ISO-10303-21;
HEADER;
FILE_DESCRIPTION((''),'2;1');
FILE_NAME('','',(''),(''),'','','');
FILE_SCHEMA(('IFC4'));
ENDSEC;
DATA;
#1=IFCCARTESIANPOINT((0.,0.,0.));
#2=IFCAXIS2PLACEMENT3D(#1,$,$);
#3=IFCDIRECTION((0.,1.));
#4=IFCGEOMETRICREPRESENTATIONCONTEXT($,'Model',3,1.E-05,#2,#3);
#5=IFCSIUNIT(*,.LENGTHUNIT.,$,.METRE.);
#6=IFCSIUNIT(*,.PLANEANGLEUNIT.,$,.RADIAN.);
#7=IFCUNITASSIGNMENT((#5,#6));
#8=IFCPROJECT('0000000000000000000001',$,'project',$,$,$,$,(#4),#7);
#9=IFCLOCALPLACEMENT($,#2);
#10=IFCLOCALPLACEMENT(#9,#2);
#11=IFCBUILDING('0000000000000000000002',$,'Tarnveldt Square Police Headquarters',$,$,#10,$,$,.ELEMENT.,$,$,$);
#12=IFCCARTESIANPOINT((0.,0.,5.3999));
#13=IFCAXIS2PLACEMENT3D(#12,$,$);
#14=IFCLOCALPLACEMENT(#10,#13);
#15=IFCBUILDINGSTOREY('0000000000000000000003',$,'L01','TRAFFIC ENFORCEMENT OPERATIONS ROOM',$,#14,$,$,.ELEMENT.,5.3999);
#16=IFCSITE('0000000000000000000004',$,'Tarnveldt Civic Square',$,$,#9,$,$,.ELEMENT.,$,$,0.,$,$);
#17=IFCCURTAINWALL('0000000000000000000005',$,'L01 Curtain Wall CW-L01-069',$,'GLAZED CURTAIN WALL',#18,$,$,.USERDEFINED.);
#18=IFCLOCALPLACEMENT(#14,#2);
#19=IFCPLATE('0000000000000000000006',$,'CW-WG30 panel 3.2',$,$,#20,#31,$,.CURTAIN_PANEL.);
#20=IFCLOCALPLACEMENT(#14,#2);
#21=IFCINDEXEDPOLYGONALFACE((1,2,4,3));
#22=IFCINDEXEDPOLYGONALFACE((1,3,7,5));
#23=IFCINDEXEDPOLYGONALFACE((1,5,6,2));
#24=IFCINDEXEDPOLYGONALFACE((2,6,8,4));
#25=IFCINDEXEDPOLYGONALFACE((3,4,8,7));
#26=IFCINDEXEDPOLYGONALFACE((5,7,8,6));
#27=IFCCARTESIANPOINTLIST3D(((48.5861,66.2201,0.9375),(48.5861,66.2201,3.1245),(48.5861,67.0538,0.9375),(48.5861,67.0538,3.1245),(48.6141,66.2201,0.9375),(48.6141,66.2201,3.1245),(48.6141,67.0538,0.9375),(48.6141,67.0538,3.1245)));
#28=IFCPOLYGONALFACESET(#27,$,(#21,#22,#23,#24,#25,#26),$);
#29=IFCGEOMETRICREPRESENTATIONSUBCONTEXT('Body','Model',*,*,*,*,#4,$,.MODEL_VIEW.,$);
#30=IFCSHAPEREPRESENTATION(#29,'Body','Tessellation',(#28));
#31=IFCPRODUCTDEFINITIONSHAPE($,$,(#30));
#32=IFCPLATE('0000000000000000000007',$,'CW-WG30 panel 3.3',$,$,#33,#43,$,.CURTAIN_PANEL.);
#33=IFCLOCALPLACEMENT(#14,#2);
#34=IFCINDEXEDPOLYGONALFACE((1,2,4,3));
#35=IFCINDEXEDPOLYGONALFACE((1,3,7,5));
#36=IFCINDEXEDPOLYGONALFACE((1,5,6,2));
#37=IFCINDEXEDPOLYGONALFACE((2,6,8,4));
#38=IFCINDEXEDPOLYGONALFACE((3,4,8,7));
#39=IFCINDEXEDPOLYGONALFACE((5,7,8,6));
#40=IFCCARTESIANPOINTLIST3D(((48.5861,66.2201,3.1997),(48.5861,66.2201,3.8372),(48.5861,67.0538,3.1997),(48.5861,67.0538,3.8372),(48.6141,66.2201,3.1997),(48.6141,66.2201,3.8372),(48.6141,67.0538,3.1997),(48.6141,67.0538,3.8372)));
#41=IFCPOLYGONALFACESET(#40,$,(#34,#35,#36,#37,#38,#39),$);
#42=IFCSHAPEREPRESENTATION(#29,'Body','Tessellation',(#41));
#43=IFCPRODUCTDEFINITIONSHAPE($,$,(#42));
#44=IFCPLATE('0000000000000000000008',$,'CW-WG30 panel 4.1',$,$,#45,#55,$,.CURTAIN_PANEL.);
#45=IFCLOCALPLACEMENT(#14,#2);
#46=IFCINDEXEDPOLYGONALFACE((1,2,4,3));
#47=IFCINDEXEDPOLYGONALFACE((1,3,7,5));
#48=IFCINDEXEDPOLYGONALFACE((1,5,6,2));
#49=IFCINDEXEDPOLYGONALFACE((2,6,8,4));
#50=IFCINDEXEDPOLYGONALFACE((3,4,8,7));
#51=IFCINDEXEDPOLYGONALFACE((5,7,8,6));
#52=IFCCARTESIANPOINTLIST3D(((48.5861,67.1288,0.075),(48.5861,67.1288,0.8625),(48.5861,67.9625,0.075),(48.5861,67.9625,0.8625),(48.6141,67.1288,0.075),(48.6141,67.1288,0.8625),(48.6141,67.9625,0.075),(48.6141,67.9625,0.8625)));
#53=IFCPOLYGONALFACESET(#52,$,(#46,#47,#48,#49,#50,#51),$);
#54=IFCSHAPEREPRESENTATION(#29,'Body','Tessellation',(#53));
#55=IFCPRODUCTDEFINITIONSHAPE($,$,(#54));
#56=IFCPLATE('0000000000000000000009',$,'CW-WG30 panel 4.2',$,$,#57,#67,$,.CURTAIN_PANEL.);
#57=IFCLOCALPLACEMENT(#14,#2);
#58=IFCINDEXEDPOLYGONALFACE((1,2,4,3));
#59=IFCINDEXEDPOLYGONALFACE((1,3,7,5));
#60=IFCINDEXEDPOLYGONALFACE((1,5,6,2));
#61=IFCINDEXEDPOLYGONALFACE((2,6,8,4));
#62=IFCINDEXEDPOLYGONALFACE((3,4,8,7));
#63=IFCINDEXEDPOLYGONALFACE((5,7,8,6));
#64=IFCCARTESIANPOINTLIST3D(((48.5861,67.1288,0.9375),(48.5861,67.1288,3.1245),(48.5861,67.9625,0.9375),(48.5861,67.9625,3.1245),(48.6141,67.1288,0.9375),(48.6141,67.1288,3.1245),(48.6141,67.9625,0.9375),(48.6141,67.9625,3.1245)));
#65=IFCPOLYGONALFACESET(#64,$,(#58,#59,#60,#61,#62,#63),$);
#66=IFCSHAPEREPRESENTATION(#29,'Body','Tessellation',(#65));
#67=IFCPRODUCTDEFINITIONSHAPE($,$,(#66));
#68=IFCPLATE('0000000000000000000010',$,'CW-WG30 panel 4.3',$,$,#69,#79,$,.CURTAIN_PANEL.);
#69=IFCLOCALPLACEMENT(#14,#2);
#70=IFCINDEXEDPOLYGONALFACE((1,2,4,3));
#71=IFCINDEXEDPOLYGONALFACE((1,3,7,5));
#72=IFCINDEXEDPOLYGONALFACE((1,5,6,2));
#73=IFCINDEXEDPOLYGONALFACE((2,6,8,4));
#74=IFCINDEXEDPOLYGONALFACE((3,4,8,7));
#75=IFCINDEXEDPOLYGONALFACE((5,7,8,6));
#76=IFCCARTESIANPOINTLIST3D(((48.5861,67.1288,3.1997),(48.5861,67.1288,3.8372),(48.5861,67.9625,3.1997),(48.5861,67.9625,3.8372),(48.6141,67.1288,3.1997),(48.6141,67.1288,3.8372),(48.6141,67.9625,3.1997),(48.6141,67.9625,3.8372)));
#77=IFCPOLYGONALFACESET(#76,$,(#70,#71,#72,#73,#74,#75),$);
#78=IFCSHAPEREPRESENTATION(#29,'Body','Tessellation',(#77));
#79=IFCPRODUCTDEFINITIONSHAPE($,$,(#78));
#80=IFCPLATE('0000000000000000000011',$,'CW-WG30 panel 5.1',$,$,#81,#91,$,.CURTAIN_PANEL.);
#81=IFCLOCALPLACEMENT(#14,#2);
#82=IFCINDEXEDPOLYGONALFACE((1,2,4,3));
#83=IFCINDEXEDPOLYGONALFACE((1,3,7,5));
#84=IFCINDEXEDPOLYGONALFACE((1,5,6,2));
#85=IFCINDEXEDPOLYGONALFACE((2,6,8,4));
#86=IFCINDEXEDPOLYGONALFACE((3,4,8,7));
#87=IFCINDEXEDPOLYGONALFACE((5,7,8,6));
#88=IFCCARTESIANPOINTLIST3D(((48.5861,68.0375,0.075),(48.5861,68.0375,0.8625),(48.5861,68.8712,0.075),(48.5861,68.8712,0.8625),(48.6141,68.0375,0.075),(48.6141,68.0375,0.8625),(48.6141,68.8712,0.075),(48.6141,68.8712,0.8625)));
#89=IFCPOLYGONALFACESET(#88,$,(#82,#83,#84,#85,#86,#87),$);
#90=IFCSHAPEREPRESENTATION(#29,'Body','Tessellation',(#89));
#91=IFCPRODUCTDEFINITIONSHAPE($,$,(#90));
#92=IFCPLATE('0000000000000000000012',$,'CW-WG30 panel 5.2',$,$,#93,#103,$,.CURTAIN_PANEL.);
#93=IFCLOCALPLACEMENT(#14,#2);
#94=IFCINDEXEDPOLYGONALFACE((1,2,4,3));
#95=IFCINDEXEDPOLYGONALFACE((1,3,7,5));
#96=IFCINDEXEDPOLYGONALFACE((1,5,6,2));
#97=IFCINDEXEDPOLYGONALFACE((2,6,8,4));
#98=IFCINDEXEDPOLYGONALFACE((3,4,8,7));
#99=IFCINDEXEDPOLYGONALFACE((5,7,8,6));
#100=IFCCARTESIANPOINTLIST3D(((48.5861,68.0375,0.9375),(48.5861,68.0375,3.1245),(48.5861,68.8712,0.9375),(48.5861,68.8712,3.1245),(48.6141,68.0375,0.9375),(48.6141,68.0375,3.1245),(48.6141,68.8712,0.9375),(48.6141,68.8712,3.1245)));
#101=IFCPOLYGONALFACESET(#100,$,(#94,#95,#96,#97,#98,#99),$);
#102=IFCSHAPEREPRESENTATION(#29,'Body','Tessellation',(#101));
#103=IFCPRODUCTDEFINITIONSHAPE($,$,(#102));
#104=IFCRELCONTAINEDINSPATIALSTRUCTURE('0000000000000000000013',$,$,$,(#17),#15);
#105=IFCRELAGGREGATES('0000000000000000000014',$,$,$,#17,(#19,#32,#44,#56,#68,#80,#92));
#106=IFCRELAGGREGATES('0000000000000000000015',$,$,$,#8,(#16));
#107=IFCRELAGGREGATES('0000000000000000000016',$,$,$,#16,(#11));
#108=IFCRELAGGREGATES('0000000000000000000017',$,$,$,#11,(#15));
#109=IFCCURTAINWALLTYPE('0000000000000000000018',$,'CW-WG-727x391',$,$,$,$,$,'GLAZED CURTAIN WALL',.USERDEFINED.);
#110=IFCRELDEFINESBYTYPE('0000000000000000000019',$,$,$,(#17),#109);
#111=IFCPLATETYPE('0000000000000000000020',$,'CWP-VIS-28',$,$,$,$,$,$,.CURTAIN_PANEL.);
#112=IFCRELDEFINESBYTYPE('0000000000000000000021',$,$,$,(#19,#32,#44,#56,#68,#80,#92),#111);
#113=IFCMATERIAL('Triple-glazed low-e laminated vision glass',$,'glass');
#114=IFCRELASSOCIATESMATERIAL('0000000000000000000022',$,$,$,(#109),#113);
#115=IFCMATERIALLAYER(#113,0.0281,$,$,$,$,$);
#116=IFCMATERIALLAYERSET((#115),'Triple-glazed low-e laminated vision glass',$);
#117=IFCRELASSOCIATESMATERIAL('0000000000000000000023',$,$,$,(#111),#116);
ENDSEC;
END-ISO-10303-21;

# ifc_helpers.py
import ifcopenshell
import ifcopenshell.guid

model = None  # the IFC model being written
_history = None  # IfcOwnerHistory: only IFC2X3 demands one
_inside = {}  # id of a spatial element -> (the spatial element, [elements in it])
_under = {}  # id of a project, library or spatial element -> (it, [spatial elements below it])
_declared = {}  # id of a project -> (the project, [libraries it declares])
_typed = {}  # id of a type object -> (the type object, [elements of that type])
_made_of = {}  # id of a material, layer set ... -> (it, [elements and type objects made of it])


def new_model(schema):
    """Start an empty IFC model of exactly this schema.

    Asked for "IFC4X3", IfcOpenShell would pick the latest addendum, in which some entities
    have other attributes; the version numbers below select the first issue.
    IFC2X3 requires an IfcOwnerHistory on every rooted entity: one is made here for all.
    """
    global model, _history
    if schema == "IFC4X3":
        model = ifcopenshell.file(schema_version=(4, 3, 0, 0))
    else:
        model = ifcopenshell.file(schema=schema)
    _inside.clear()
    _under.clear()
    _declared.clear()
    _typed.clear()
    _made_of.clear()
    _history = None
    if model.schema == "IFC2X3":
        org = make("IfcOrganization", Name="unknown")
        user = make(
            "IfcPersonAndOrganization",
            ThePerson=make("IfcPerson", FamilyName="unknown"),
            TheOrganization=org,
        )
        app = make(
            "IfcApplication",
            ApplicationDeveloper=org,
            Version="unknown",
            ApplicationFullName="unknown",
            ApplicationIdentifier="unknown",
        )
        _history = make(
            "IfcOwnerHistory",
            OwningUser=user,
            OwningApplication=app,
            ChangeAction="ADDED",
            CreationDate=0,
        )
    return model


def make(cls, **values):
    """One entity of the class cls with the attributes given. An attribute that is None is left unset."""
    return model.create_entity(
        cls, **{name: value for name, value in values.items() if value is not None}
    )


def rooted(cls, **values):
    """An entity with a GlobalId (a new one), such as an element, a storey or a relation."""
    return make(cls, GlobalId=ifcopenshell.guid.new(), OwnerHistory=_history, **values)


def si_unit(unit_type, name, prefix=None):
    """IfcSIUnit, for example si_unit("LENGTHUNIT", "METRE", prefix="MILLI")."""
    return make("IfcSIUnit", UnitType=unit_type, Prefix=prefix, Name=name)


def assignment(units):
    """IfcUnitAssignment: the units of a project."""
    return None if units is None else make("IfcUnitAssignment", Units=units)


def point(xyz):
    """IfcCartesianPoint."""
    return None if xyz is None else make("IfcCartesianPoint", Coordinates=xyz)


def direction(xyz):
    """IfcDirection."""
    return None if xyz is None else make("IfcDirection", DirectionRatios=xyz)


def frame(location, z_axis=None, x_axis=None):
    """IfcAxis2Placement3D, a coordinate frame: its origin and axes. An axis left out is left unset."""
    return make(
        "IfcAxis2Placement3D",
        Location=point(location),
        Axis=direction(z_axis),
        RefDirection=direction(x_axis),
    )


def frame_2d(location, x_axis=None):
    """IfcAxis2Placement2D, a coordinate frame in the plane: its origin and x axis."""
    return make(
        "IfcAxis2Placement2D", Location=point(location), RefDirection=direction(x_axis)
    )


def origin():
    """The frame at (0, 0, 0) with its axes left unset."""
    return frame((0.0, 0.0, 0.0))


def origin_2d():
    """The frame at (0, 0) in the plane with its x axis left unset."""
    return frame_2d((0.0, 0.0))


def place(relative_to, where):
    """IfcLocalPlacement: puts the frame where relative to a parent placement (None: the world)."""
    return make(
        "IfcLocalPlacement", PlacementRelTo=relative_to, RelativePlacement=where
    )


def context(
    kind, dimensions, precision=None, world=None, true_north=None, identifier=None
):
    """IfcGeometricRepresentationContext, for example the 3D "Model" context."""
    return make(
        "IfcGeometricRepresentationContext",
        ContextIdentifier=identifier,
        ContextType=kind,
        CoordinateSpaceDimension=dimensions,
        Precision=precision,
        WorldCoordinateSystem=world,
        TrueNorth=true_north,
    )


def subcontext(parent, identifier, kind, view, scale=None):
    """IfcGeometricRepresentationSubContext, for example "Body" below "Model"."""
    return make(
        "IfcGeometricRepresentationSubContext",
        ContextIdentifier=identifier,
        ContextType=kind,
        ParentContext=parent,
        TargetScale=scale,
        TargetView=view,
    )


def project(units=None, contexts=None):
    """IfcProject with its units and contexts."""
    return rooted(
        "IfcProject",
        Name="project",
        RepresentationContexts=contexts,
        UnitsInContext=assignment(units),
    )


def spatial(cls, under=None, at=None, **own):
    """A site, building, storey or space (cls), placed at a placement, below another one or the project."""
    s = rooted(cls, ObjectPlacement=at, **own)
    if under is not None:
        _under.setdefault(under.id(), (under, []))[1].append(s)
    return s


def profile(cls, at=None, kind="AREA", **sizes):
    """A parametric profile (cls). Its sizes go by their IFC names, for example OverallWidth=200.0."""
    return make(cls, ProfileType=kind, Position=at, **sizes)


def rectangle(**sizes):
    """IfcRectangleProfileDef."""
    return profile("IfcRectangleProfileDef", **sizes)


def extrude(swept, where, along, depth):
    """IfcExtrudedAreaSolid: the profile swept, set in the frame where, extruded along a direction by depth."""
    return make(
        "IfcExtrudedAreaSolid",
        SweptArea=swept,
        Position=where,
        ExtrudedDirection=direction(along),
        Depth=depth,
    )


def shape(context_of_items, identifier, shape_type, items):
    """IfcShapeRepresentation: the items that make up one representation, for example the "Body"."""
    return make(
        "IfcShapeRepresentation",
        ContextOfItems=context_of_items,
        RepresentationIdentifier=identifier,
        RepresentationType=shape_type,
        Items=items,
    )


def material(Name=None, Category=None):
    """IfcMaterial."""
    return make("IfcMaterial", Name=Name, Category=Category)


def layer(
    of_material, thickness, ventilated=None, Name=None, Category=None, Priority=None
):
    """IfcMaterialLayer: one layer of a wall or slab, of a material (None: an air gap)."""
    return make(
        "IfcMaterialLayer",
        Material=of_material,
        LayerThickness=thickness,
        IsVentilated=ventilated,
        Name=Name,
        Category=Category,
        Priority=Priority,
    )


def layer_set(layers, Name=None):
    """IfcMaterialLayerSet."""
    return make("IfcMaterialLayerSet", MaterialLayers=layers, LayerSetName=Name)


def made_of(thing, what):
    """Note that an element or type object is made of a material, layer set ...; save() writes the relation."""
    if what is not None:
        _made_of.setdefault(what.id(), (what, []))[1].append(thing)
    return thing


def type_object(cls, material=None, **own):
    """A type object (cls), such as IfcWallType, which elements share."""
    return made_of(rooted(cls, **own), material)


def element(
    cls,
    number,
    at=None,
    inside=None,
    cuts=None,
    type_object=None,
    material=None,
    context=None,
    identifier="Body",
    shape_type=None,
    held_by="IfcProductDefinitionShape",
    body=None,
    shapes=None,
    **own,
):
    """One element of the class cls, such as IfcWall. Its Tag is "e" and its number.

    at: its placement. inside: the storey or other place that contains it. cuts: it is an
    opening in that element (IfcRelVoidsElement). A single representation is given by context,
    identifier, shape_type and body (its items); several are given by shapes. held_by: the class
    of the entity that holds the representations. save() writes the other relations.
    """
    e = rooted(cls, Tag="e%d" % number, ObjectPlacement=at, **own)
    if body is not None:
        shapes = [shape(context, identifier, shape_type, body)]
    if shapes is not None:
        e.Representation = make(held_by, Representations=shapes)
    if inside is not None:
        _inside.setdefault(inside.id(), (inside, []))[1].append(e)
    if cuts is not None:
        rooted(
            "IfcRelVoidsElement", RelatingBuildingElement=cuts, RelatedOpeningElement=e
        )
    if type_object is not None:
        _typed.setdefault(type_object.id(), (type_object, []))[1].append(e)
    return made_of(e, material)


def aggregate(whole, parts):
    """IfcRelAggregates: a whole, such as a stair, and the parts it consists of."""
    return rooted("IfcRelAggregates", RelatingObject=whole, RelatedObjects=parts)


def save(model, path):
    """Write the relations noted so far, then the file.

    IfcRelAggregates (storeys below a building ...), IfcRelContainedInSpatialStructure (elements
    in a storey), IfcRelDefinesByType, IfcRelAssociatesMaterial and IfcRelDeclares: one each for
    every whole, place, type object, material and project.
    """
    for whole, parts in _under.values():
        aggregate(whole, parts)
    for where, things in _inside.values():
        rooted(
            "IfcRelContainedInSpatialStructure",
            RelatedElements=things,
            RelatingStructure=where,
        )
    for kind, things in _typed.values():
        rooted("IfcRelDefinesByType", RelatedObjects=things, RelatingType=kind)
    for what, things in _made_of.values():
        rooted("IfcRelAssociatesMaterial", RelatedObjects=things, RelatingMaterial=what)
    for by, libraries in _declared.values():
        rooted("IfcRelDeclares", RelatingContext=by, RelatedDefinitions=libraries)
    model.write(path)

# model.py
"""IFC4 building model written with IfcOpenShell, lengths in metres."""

from ifc_helpers import new_model, si_unit, direction, frame, origin, origin_2d, place, context, subcontext, project, spatial, rectangle, extrude, material, layer, layer_set, type_object, element, aggregate, save


model = new_model("IFC4")

# Units and contexts
model_context = context("Model", 3, precision=1e-05, world=origin(), true_north=direction((0.0, 1.0)))
body_context = subcontext(model_context, "Body", "Model", "MODEL_VIEW")
ifc_project = project(units=[si_unit("LENGTHUNIT", "METRE"), si_unit("PLANEANGLEUNIT", "RADIAN")], contexts=[model_context])

# Site, building, storey
site_placement = place(None, origin())
site = spatial("IfcSite", under=ifc_project, at=site_placement, Name="Tarnveldt Civic Square", CompositionType="ELEMENT", RefElevation=0.0)
building_placement = place(site_placement, origin())
building = spatial("IfcBuilding", under=site, at=building_placement, Name="Tarnveldt Square Police Headquarters", CompositionType="ELEMENT")
storey_placement = place(building_placement, frame((0.0, 0.0, 5.3999)))
storey = spatial("IfcBuildingStorey", under=building, at=storey_placement, Name="L01", Description="TRAFFIC ENFORCEMENT OPERATIONS ROOM", CompositionType="ELEMENT", Elevation=5.3999)

# Curtain wall, plates
ifc_material_1 = material(Name="Triple-glazed low-e laminated vision glass", Category="glass")
curtain_wall_type = type_object("IfcCurtainWallType", Name="CW-WG-727x391", ElementType="GLAZED CURTAIN WALL", PredefinedType="USERDEFINED", material=ifc_material_1)
curtain_wall_placement = place(storey_placement, origin())
curtain_wall = element("IfcCurtainWall", 1, at=curtain_wall_placement, inside=storey, type_object=curtain_wall_type, Name="L01 Curtain Wall CW-L01-069", ObjectType="GLAZED CURTAIN WALL", PredefinedType="USERDEFINED")
ifc_layer = layer(ifc_material_1, 0.0281)
ifc_layer_set = layer_set([ifc_layer], Name="Triple-glazed low-e laminated vision glass")
plate_type = type_object("IfcPlateType", Name="CWP-VIS-28", PredefinedType="CURTAIN_PANEL", material=ifc_layer_set)
plate_1_placement = place(storey_placement, frame((48.6001, 66.637, 0.9375), z_axis=(0.0, 0.0, 1.0), x_axis=(0.0, 1.0, 0.0)))
plate_1 = element("IfcPlate", 2, at=plate_1_placement, type_object=plate_type, Name="CW-WG30 panel 3.2", PredefinedType="CURTAIN_PANEL", context=body_context, shape_type="SweptSolid", body=[
    extrude(rectangle(XDim=0.8337, YDim=0.0281, at=origin_2d()), origin(), (0.0, 0.0, 1.0), 2.187),
])
plate_2_placement = place(storey_placement, frame((48.6001, 66.637, 3.1997), z_axis=(0.0, 0.0, 1.0), x_axis=(0.0, 1.0, 0.0)))
plate_2 = element("IfcPlate", 3, at=plate_2_placement, type_object=plate_type, Name="CW-WG30 panel 3.3", PredefinedType="CURTAIN_PANEL", context=body_context, shape_type="SweptSolid", body=[
    extrude(rectangle(XDim=0.8337, YDim=0.0281, at=origin_2d()), origin(), (0.0, 0.0, 1.0), 0.6375),
])
plate_3_placement = place(storey_placement, frame((48.6001, 67.5457, 0.075), z_axis=(0.0, 0.0, 1.0), x_axis=(0.0, 1.0, 0.0)))
plate_3 = element("IfcPlate", 4, at=plate_3_placement, type_object=plate_type, Name="CW-WG30 panel 4.1", PredefinedType="CURTAIN_PANEL", context=body_context, shape_type="SweptSolid", body=[
    extrude(rectangle(XDim=0.8337, YDim=0.0281, at=origin_2d()), origin(), (0.0, 0.0, 1.0), 0.7876),
])
plate_4_placement = place(storey_placement, frame((48.6001, 67.5457, 0.9375), z_axis=(0.0, 0.0, 1.0), x_axis=(0.0, 1.0, 0.0)))
plate_4 = element("IfcPlate", 5, at=plate_4_placement, type_object=plate_type, Name="CW-WG30 panel 4.2", PredefinedType="CURTAIN_PANEL", context=body_context, shape_type="SweptSolid", body=[
    extrude(rectangle(XDim=0.8337, YDim=0.0281, at=origin_2d()), origin(), (0.0, 0.0, 1.0), 2.187),
])
plate_5_placement = place(storey_placement, frame((48.6001, 67.5457, 3.1997), z_axis=(0.0, 0.0, 1.0), x_axis=(0.0, 1.0, 0.0)))
plate_5 = element("IfcPlate", 6, at=plate_5_placement, type_object=plate_type, Name="CW-WG30 panel 4.3", PredefinedType="CURTAIN_PANEL", context=body_context, shape_type="SweptSolid", body=[
    extrude(rectangle(XDim=0.8337, YDim=0.0281, at=origin_2d()), origin(), (0.0, 0.0, 1.0), 0.6375),
])
plate_6_placement = place(storey_placement, frame((48.6001, 68.4543, 0.075), z_axis=(0.0, 0.0, 1.0), x_axis=(0.0, 1.0, 0.0)))
plate_6 = element("IfcPlate", 7, at=plate_6_placement, type_object=plate_type, Name="CW-WG30 panel 5.1", PredefinedType="CURTAIN_PANEL", context=body_context, shape_type="SweptSolid", body=[
    extrude(rectangle(XDim=0.8337, YDim=0.0281, at=origin_2d()), origin(), (0.0, 0.0, 1.0), 0.7876),
])
plate_7_placement = place(storey_placement, frame((48.6001, 68.4543, 0.9375), z_axis=(0.0, 0.0, 1.0), x_axis=(0.0, 1.0, 0.0)))
plate_7 = element("IfcPlate", 8, at=plate_7_placement, type_object=plate_type, Name="CW-WG30 panel 5.2", PredefinedType="CURTAIN_PANEL", context=body_context, shape_type="SweptSolid", body=[
    extrude(rectangle(XDim=0.8337, YDim=0.0281, at=origin_2d()), origin(), (0.0, 0.0, 1.0), 2.187),
])
aggregate(curtain_wall, [plate_1, plate_2, plate_3, plate_4, plate_5, plate_6, plate_7])

save(model, "model.ifc")
